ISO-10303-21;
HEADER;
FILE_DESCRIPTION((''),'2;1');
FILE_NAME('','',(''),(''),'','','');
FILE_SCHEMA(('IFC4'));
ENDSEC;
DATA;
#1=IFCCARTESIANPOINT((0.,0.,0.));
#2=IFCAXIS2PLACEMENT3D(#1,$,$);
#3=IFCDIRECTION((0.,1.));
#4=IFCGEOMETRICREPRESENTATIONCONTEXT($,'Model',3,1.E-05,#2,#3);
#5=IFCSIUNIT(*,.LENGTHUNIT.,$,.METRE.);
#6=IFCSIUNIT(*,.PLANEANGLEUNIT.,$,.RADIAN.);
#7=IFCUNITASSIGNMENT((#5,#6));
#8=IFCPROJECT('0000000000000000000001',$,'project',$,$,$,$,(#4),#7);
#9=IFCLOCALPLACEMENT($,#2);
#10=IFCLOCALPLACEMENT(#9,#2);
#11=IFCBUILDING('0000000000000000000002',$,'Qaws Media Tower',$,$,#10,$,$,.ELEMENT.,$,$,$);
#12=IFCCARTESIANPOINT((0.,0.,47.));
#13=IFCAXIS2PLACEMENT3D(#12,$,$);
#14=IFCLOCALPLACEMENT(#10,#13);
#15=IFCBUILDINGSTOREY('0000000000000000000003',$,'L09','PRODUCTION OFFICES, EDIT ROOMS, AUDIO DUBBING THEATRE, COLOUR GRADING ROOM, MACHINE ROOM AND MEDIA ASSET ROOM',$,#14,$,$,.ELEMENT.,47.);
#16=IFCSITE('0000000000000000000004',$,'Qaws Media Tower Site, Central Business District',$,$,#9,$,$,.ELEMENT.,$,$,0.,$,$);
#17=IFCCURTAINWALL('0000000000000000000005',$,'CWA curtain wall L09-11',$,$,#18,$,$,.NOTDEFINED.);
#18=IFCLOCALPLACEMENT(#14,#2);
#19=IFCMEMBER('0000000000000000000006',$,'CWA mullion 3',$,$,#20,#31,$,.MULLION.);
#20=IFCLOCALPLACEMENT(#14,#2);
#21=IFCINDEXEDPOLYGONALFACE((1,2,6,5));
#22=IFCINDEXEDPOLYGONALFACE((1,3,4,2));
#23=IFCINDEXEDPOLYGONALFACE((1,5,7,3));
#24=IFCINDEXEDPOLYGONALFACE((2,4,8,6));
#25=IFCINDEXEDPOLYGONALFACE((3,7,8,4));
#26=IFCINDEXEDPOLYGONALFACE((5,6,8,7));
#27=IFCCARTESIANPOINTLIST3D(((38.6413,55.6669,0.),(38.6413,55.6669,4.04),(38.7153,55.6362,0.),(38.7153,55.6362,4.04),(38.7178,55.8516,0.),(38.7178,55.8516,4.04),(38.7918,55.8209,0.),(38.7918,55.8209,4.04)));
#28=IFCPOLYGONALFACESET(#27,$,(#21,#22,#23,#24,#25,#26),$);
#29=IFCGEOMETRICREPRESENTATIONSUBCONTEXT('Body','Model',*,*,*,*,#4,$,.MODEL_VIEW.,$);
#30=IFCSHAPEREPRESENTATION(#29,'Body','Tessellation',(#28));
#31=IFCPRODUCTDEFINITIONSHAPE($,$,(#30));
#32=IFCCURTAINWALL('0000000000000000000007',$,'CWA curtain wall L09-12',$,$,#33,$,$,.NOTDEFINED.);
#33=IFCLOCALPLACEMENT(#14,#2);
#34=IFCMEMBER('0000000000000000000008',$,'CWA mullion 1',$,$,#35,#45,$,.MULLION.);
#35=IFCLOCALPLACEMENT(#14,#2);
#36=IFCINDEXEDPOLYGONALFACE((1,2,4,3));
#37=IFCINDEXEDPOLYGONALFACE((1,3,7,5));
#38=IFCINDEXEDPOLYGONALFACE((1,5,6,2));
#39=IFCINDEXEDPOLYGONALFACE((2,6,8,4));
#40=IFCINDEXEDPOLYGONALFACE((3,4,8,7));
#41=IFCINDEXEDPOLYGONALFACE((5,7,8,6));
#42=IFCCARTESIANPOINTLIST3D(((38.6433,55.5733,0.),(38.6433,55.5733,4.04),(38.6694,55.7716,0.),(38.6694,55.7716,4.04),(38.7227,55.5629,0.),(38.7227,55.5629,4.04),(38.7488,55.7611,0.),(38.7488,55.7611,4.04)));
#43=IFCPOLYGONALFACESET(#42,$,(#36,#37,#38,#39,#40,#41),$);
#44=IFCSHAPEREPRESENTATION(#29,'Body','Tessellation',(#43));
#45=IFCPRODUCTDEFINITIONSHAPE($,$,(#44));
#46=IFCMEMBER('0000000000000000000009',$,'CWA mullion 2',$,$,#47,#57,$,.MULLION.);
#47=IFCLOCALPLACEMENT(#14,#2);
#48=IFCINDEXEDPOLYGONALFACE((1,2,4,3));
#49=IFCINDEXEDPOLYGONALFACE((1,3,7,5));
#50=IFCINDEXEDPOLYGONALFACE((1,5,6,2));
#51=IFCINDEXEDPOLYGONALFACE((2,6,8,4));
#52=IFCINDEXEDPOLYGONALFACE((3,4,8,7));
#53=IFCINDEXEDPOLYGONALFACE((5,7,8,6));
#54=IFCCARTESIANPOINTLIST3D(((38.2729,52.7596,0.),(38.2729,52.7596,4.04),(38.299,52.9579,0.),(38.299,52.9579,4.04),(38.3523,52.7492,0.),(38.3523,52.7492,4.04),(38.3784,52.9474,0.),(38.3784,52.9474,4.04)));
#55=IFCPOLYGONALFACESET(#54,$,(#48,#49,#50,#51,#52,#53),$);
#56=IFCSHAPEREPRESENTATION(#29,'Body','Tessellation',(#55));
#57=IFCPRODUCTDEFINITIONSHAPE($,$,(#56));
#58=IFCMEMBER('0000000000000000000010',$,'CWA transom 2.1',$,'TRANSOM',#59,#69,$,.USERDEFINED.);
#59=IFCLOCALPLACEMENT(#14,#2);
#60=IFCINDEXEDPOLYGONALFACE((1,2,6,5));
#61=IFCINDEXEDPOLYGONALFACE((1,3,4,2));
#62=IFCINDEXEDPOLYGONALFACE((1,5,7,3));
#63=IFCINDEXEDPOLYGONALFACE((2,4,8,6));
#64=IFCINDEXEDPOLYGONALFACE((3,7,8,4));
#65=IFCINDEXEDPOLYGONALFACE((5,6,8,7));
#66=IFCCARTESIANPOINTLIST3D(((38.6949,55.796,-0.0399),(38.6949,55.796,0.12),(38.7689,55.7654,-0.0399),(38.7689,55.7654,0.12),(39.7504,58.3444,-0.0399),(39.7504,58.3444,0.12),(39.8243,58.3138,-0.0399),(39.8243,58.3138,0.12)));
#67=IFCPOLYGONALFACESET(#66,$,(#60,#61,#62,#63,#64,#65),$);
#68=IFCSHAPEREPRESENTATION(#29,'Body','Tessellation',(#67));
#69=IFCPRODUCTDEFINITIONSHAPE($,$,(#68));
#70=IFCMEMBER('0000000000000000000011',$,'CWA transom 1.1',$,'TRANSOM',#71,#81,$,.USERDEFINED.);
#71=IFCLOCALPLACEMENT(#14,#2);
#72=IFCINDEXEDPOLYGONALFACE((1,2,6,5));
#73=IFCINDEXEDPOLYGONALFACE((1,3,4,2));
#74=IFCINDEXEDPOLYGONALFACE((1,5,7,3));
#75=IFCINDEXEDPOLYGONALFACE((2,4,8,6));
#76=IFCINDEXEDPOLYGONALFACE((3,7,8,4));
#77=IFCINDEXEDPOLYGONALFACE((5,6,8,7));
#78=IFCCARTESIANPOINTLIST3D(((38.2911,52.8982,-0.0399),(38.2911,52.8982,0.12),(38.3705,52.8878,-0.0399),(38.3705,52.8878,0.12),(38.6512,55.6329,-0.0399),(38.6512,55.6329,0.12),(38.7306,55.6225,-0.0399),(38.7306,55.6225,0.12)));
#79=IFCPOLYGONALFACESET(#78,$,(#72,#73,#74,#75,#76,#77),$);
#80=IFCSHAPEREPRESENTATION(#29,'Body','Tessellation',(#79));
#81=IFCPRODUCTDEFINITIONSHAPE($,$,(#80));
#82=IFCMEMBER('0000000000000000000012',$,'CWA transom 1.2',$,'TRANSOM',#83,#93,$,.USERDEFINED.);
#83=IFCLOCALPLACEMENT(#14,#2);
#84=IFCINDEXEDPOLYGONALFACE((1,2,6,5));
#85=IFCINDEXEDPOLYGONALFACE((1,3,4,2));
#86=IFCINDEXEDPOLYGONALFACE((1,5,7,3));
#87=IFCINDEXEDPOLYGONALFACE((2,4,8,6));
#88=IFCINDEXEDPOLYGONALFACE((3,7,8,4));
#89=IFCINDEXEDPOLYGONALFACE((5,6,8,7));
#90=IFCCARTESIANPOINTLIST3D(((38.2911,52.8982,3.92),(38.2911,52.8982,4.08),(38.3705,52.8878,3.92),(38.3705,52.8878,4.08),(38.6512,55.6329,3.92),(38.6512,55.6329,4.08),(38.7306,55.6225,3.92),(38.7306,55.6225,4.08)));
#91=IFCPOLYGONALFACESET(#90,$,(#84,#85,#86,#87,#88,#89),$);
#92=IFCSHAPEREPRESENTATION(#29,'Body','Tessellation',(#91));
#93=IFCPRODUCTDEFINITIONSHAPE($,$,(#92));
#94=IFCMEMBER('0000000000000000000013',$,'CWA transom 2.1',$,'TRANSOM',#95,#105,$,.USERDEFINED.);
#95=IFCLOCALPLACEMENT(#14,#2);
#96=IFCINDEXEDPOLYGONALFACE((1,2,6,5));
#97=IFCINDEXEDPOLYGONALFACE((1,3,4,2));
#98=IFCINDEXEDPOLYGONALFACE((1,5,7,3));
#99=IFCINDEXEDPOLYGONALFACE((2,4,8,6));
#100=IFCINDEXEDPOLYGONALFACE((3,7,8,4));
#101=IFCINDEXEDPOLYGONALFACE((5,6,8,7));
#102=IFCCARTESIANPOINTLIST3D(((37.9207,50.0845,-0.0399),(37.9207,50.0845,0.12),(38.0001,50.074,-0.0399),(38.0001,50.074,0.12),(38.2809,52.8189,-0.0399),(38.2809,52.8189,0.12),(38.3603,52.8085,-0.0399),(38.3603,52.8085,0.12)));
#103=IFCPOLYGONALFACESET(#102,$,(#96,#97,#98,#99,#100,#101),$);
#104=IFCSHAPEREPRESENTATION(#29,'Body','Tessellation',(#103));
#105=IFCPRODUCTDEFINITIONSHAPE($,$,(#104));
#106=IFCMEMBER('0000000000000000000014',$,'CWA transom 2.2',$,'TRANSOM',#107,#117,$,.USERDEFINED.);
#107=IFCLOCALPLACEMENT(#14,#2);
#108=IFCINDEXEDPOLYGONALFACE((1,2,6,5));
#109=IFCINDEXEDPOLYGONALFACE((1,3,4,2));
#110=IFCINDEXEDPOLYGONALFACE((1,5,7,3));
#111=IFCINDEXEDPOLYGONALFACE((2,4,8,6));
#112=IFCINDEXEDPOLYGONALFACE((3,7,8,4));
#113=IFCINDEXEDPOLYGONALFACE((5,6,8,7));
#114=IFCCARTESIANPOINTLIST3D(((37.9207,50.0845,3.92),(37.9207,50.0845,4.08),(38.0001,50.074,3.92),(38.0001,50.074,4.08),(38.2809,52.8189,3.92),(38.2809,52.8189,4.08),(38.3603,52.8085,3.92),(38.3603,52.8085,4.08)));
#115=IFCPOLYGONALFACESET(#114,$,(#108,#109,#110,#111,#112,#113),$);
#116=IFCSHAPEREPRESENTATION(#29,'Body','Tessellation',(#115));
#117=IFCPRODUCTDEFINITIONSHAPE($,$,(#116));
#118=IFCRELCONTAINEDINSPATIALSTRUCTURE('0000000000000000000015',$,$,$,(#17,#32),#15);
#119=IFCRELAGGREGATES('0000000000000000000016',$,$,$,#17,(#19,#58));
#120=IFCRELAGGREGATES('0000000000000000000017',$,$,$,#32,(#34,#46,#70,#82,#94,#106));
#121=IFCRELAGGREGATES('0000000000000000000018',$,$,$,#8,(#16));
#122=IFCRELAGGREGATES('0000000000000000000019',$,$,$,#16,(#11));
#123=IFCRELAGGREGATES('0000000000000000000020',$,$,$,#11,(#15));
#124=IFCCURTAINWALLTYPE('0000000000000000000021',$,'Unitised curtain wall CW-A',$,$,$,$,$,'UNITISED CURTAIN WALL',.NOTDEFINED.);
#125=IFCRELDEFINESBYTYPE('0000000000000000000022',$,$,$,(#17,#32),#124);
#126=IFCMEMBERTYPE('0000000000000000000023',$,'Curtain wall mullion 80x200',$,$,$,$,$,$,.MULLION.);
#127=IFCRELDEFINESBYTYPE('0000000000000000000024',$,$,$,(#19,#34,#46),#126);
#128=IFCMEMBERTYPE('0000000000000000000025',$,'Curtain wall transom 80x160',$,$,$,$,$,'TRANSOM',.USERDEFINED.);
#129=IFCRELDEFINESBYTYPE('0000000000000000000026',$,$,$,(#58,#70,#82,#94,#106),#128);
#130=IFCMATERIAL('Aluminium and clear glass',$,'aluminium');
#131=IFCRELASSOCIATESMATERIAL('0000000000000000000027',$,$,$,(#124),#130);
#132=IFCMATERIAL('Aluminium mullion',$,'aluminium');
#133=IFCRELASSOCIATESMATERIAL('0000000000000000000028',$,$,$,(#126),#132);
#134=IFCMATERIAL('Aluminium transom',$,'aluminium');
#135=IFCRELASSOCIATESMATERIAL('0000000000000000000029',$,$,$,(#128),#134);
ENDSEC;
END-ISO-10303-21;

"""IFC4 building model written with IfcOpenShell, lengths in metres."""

from ifc_helpers import new_model, si_unit, direction, frame, origin, origin_2d, place, context, subcontext, project, spatial, rectangle, extrude, material, material_profile, profile_set, type_object, element, aggregate, save


model = new_model("IFC4")

# Units and contexts
model_context = context("Model", 3, precision=1e-05, world=origin(), true_north=direction((0.0, 1.0)))
body_context = subcontext(model_context, "Body", "Model", "MODEL_VIEW")
ifc_project = project(units=[si_unit("LENGTHUNIT", "METRE"), si_unit("PLANEANGLEUNIT", "RADIAN")], contexts=[model_context])

# Site, building, storey
site_placement = place(None, origin())
site = spatial("IfcSite", under=ifc_project, at=site_placement, Name="Qaws Media Tower Site, Central Business District", CompositionType="ELEMENT", RefElevation=0.0)
building_placement = place(site_placement, origin())
building = spatial("IfcBuilding", under=site, at=building_placement, Name="Qaws Media Tower", CompositionType="ELEMENT")
storey_placement = place(building_placement, frame((0.0, 0.0, 47.0)))
storey = spatial("IfcBuildingStorey", under=building, at=storey_placement, Name="L09", Description="PRODUCTION OFFICES, EDIT ROOMS, AUDIO DUBBING THEATRE, COLOUR GRADING ROOM, MACHINE ROOM AND MEDIA ASSET ROOM", CompositionType="ELEMENT", Elevation=47.0)

# Curtain wall, member
ifc_material_1 = material(Name="Aluminium and clear glass", Category="aluminium")
curtain_wall_type = type_object("IfcCurtainWallType", Name="Unitised curtain wall CW-A", ElementType="UNITISED CURTAIN WALL", PredefinedType="NOTDEFINED", material=ifc_material_1)
curtain_wall_1_placement = place(storey_placement, origin())
curtain_wall_1 = element("IfcCurtainWall", 1, at=curtain_wall_1_placement, inside=storey, type_object=curtain_wall_type, Name="CWA curtain wall L09-11", PredefinedType="NOTDEFINED")
ifc_material_2 = material(Name="Aluminium mullion", Category="aluminium")
ifc_material_profile_1 = material_profile(ifc_material_2, rectangle(XDim=0.0801, YDim=0.2, at=origin_2d()), Name="80x200")
ifc_profile_set_1 = profile_set([ifc_material_profile_1], Name="Aluminium mullion")
member_type_1 = type_object("IfcMemberType", Name="Curtain wall mullion 80x200", PredefinedType="MULLION", material=ifc_profile_set_1)
member_1_placement = place(storey_placement, frame((38.7166, 55.7439, 0.0), z_axis=(0.0, 0.0, 1.0), x_axis=(0.92388, -0.382683, 0.0)))
member_1 = element("IfcMember", 2, at=member_1_placement, type_object=member_type_1, Name="CWA mullion 3", PredefinedType="MULLION", context=body_context, shape_type="SweptSolid", body=[
    extrude(rectangle(XDim=0.0801, YDim=0.2, at=origin_2d()), origin(), (0.0, 0.0, 1.0), 4.04),
])

# Curtain wall, members
curtain_wall_2_placement = place(storey_placement, origin())
curtain_wall_2 = element("IfcCurtainWall", 3, at=curtain_wall_2_placement, inside=storey, type_object=curtain_wall_type, Name="CWA curtain wall L09-12", PredefinedType="NOTDEFINED")
member_2_placement = place(storey_placement, frame((38.696, 55.6672, 0.0), z_axis=(0.0, 0.0, 1.0), x_axis=(0.991445, -0.130526, 0.0)))
member_2 = element("IfcMember", 4, at=member_2_placement, type_object=member_type_1, Name="CWA mullion 1", PredefinedType="MULLION", context=body_context, shape_type="SweptSolid", body=[
    extrude(rectangle(XDim=0.0801, YDim=0.2, at=origin_2d()), origin(), (0.0, 0.0, 1.0), 4.04),
])
member_3_placement = place(storey_placement, frame((38.3257, 52.8535, 0.0), z_axis=(0.0, 0.0, 1.0), x_axis=(0.991445, -0.130526, 0.0)))
member_3 = element("IfcMember", 5, at=member_3_placement, type_object=member_type_1, Name="CWA mullion 2", PredefinedType="MULLION", context=body_context, shape_type="SweptSolid", body=[
    extrude(rectangle(XDim=0.0801, YDim=0.2, at=origin_2d()), origin(), (0.0, 0.0, 1.0), 4.04),
])

# Members
ifc_material_3 = material(Name="Aluminium transom", Category="aluminium")
ifc_material_profile_2 = material_profile(ifc_material_3, rectangle(XDim=0.0801, YDim=0.1599, at=origin_2d()), Name="80x160")
ifc_profile_set_2 = profile_set([ifc_material_profile_2], Name="Aluminium transom")
member_type_2 = type_object("IfcMemberType", Name="Curtain wall transom 80x160", ElementType="TRANSOM", PredefinedType="USERDEFINED", material=ifc_profile_set_2)
member_4_placement = place(storey_placement, frame((39.7874, 58.3291, 0.04), z_axis=(-0.382641, -0.923897, 0.0), x_axis=(0.923897, -0.382641, 0.0)))
member_4 = element("IfcMember", 6, at=member_4_placement, type_object=member_type_2, Name="CWA transom 2.1", ObjectType="TRANSOM", PredefinedType="USERDEFINED", context=body_context, shape_type="SweptSolid", body=[
    extrude(rectangle(XDim=0.0801, YDim=0.1599, at=origin_2d()), origin(), (0.0, 0.0, 1.0), 2.7583),
])
member_5_placement = place(storey_placement, frame((38.6909, 55.6277, 0.04), z_axis=(-0.130558, -0.991441, 0.0), x_axis=(0.991441, -0.130558, 0.0)))
member_5 = element("IfcMember", 7, at=member_5_placement, type_object=member_type_2, Name="CWA transom 1.1", ObjectType="TRANSOM", PredefinedType="USERDEFINED", context=body_context, shape_type="SweptSolid", body=[
    extrude(rectangle(XDim=0.0801, YDim=0.1599, at=origin_2d()), origin(), (0.0, 0.0, 1.0), 2.7583),
])
member_6_placement = place(storey_placement, frame((38.6909, 55.6277, 4.0), z_axis=(-0.130558, -0.991441, 0.0), x_axis=(0.991441, -0.130558, 0.0)))
member_6 = element("IfcMember", 8, at=member_6_placement, type_object=member_type_2, Name="CWA transom 1.2", ObjectType="TRANSOM", PredefinedType="USERDEFINED", context=body_context, shape_type="SweptSolid", body=[
    extrude(rectangle(XDim=0.0801, YDim=0.1599, at=origin_2d()), origin(), (0.0, 0.0, 1.0), 2.7583),
])
member_7_placement = place(storey_placement, frame((38.3206, 52.8137, 0.04), z_axis=(-0.130569, -0.991439, 0.0), x_axis=(0.991439, -0.130569, 0.0)))
member_7 = element("IfcMember", 9, at=member_7_placement, type_object=member_type_2, Name="CWA transom 2.1", ObjectType="TRANSOM", PredefinedType="USERDEFINED", context=body_context, shape_type="SweptSolid", body=[
    extrude(rectangle(XDim=0.0801, YDim=0.1599, at=origin_2d()), origin(), (0.0, 0.0, 1.0), 2.7581),
])
member_8_placement = place(storey_placement, frame((38.3206, 52.8137, 4.0), z_axis=(-0.130569, -0.991439, 0.0), x_axis=(0.991439, -0.130569, 0.0)))
member_8 = element("IfcMember", 10, at=member_8_placement, type_object=member_type_2, Name="CWA transom 2.2", ObjectType="TRANSOM", PredefinedType="USERDEFINED", context=body_context, shape_type="SweptSolid", body=[
    extrude(rectangle(XDim=0.0801, YDim=0.1599, at=origin_2d()), origin(), (0.0, 0.0, 1.0), 2.7581),
])

aggregate(curtain_wall_1, [member_1, member_4])
aggregate(curtain_wall_2, [member_2, member_3, member_5, member_6, member_7, member_8])

save(model, "model.ifc")
